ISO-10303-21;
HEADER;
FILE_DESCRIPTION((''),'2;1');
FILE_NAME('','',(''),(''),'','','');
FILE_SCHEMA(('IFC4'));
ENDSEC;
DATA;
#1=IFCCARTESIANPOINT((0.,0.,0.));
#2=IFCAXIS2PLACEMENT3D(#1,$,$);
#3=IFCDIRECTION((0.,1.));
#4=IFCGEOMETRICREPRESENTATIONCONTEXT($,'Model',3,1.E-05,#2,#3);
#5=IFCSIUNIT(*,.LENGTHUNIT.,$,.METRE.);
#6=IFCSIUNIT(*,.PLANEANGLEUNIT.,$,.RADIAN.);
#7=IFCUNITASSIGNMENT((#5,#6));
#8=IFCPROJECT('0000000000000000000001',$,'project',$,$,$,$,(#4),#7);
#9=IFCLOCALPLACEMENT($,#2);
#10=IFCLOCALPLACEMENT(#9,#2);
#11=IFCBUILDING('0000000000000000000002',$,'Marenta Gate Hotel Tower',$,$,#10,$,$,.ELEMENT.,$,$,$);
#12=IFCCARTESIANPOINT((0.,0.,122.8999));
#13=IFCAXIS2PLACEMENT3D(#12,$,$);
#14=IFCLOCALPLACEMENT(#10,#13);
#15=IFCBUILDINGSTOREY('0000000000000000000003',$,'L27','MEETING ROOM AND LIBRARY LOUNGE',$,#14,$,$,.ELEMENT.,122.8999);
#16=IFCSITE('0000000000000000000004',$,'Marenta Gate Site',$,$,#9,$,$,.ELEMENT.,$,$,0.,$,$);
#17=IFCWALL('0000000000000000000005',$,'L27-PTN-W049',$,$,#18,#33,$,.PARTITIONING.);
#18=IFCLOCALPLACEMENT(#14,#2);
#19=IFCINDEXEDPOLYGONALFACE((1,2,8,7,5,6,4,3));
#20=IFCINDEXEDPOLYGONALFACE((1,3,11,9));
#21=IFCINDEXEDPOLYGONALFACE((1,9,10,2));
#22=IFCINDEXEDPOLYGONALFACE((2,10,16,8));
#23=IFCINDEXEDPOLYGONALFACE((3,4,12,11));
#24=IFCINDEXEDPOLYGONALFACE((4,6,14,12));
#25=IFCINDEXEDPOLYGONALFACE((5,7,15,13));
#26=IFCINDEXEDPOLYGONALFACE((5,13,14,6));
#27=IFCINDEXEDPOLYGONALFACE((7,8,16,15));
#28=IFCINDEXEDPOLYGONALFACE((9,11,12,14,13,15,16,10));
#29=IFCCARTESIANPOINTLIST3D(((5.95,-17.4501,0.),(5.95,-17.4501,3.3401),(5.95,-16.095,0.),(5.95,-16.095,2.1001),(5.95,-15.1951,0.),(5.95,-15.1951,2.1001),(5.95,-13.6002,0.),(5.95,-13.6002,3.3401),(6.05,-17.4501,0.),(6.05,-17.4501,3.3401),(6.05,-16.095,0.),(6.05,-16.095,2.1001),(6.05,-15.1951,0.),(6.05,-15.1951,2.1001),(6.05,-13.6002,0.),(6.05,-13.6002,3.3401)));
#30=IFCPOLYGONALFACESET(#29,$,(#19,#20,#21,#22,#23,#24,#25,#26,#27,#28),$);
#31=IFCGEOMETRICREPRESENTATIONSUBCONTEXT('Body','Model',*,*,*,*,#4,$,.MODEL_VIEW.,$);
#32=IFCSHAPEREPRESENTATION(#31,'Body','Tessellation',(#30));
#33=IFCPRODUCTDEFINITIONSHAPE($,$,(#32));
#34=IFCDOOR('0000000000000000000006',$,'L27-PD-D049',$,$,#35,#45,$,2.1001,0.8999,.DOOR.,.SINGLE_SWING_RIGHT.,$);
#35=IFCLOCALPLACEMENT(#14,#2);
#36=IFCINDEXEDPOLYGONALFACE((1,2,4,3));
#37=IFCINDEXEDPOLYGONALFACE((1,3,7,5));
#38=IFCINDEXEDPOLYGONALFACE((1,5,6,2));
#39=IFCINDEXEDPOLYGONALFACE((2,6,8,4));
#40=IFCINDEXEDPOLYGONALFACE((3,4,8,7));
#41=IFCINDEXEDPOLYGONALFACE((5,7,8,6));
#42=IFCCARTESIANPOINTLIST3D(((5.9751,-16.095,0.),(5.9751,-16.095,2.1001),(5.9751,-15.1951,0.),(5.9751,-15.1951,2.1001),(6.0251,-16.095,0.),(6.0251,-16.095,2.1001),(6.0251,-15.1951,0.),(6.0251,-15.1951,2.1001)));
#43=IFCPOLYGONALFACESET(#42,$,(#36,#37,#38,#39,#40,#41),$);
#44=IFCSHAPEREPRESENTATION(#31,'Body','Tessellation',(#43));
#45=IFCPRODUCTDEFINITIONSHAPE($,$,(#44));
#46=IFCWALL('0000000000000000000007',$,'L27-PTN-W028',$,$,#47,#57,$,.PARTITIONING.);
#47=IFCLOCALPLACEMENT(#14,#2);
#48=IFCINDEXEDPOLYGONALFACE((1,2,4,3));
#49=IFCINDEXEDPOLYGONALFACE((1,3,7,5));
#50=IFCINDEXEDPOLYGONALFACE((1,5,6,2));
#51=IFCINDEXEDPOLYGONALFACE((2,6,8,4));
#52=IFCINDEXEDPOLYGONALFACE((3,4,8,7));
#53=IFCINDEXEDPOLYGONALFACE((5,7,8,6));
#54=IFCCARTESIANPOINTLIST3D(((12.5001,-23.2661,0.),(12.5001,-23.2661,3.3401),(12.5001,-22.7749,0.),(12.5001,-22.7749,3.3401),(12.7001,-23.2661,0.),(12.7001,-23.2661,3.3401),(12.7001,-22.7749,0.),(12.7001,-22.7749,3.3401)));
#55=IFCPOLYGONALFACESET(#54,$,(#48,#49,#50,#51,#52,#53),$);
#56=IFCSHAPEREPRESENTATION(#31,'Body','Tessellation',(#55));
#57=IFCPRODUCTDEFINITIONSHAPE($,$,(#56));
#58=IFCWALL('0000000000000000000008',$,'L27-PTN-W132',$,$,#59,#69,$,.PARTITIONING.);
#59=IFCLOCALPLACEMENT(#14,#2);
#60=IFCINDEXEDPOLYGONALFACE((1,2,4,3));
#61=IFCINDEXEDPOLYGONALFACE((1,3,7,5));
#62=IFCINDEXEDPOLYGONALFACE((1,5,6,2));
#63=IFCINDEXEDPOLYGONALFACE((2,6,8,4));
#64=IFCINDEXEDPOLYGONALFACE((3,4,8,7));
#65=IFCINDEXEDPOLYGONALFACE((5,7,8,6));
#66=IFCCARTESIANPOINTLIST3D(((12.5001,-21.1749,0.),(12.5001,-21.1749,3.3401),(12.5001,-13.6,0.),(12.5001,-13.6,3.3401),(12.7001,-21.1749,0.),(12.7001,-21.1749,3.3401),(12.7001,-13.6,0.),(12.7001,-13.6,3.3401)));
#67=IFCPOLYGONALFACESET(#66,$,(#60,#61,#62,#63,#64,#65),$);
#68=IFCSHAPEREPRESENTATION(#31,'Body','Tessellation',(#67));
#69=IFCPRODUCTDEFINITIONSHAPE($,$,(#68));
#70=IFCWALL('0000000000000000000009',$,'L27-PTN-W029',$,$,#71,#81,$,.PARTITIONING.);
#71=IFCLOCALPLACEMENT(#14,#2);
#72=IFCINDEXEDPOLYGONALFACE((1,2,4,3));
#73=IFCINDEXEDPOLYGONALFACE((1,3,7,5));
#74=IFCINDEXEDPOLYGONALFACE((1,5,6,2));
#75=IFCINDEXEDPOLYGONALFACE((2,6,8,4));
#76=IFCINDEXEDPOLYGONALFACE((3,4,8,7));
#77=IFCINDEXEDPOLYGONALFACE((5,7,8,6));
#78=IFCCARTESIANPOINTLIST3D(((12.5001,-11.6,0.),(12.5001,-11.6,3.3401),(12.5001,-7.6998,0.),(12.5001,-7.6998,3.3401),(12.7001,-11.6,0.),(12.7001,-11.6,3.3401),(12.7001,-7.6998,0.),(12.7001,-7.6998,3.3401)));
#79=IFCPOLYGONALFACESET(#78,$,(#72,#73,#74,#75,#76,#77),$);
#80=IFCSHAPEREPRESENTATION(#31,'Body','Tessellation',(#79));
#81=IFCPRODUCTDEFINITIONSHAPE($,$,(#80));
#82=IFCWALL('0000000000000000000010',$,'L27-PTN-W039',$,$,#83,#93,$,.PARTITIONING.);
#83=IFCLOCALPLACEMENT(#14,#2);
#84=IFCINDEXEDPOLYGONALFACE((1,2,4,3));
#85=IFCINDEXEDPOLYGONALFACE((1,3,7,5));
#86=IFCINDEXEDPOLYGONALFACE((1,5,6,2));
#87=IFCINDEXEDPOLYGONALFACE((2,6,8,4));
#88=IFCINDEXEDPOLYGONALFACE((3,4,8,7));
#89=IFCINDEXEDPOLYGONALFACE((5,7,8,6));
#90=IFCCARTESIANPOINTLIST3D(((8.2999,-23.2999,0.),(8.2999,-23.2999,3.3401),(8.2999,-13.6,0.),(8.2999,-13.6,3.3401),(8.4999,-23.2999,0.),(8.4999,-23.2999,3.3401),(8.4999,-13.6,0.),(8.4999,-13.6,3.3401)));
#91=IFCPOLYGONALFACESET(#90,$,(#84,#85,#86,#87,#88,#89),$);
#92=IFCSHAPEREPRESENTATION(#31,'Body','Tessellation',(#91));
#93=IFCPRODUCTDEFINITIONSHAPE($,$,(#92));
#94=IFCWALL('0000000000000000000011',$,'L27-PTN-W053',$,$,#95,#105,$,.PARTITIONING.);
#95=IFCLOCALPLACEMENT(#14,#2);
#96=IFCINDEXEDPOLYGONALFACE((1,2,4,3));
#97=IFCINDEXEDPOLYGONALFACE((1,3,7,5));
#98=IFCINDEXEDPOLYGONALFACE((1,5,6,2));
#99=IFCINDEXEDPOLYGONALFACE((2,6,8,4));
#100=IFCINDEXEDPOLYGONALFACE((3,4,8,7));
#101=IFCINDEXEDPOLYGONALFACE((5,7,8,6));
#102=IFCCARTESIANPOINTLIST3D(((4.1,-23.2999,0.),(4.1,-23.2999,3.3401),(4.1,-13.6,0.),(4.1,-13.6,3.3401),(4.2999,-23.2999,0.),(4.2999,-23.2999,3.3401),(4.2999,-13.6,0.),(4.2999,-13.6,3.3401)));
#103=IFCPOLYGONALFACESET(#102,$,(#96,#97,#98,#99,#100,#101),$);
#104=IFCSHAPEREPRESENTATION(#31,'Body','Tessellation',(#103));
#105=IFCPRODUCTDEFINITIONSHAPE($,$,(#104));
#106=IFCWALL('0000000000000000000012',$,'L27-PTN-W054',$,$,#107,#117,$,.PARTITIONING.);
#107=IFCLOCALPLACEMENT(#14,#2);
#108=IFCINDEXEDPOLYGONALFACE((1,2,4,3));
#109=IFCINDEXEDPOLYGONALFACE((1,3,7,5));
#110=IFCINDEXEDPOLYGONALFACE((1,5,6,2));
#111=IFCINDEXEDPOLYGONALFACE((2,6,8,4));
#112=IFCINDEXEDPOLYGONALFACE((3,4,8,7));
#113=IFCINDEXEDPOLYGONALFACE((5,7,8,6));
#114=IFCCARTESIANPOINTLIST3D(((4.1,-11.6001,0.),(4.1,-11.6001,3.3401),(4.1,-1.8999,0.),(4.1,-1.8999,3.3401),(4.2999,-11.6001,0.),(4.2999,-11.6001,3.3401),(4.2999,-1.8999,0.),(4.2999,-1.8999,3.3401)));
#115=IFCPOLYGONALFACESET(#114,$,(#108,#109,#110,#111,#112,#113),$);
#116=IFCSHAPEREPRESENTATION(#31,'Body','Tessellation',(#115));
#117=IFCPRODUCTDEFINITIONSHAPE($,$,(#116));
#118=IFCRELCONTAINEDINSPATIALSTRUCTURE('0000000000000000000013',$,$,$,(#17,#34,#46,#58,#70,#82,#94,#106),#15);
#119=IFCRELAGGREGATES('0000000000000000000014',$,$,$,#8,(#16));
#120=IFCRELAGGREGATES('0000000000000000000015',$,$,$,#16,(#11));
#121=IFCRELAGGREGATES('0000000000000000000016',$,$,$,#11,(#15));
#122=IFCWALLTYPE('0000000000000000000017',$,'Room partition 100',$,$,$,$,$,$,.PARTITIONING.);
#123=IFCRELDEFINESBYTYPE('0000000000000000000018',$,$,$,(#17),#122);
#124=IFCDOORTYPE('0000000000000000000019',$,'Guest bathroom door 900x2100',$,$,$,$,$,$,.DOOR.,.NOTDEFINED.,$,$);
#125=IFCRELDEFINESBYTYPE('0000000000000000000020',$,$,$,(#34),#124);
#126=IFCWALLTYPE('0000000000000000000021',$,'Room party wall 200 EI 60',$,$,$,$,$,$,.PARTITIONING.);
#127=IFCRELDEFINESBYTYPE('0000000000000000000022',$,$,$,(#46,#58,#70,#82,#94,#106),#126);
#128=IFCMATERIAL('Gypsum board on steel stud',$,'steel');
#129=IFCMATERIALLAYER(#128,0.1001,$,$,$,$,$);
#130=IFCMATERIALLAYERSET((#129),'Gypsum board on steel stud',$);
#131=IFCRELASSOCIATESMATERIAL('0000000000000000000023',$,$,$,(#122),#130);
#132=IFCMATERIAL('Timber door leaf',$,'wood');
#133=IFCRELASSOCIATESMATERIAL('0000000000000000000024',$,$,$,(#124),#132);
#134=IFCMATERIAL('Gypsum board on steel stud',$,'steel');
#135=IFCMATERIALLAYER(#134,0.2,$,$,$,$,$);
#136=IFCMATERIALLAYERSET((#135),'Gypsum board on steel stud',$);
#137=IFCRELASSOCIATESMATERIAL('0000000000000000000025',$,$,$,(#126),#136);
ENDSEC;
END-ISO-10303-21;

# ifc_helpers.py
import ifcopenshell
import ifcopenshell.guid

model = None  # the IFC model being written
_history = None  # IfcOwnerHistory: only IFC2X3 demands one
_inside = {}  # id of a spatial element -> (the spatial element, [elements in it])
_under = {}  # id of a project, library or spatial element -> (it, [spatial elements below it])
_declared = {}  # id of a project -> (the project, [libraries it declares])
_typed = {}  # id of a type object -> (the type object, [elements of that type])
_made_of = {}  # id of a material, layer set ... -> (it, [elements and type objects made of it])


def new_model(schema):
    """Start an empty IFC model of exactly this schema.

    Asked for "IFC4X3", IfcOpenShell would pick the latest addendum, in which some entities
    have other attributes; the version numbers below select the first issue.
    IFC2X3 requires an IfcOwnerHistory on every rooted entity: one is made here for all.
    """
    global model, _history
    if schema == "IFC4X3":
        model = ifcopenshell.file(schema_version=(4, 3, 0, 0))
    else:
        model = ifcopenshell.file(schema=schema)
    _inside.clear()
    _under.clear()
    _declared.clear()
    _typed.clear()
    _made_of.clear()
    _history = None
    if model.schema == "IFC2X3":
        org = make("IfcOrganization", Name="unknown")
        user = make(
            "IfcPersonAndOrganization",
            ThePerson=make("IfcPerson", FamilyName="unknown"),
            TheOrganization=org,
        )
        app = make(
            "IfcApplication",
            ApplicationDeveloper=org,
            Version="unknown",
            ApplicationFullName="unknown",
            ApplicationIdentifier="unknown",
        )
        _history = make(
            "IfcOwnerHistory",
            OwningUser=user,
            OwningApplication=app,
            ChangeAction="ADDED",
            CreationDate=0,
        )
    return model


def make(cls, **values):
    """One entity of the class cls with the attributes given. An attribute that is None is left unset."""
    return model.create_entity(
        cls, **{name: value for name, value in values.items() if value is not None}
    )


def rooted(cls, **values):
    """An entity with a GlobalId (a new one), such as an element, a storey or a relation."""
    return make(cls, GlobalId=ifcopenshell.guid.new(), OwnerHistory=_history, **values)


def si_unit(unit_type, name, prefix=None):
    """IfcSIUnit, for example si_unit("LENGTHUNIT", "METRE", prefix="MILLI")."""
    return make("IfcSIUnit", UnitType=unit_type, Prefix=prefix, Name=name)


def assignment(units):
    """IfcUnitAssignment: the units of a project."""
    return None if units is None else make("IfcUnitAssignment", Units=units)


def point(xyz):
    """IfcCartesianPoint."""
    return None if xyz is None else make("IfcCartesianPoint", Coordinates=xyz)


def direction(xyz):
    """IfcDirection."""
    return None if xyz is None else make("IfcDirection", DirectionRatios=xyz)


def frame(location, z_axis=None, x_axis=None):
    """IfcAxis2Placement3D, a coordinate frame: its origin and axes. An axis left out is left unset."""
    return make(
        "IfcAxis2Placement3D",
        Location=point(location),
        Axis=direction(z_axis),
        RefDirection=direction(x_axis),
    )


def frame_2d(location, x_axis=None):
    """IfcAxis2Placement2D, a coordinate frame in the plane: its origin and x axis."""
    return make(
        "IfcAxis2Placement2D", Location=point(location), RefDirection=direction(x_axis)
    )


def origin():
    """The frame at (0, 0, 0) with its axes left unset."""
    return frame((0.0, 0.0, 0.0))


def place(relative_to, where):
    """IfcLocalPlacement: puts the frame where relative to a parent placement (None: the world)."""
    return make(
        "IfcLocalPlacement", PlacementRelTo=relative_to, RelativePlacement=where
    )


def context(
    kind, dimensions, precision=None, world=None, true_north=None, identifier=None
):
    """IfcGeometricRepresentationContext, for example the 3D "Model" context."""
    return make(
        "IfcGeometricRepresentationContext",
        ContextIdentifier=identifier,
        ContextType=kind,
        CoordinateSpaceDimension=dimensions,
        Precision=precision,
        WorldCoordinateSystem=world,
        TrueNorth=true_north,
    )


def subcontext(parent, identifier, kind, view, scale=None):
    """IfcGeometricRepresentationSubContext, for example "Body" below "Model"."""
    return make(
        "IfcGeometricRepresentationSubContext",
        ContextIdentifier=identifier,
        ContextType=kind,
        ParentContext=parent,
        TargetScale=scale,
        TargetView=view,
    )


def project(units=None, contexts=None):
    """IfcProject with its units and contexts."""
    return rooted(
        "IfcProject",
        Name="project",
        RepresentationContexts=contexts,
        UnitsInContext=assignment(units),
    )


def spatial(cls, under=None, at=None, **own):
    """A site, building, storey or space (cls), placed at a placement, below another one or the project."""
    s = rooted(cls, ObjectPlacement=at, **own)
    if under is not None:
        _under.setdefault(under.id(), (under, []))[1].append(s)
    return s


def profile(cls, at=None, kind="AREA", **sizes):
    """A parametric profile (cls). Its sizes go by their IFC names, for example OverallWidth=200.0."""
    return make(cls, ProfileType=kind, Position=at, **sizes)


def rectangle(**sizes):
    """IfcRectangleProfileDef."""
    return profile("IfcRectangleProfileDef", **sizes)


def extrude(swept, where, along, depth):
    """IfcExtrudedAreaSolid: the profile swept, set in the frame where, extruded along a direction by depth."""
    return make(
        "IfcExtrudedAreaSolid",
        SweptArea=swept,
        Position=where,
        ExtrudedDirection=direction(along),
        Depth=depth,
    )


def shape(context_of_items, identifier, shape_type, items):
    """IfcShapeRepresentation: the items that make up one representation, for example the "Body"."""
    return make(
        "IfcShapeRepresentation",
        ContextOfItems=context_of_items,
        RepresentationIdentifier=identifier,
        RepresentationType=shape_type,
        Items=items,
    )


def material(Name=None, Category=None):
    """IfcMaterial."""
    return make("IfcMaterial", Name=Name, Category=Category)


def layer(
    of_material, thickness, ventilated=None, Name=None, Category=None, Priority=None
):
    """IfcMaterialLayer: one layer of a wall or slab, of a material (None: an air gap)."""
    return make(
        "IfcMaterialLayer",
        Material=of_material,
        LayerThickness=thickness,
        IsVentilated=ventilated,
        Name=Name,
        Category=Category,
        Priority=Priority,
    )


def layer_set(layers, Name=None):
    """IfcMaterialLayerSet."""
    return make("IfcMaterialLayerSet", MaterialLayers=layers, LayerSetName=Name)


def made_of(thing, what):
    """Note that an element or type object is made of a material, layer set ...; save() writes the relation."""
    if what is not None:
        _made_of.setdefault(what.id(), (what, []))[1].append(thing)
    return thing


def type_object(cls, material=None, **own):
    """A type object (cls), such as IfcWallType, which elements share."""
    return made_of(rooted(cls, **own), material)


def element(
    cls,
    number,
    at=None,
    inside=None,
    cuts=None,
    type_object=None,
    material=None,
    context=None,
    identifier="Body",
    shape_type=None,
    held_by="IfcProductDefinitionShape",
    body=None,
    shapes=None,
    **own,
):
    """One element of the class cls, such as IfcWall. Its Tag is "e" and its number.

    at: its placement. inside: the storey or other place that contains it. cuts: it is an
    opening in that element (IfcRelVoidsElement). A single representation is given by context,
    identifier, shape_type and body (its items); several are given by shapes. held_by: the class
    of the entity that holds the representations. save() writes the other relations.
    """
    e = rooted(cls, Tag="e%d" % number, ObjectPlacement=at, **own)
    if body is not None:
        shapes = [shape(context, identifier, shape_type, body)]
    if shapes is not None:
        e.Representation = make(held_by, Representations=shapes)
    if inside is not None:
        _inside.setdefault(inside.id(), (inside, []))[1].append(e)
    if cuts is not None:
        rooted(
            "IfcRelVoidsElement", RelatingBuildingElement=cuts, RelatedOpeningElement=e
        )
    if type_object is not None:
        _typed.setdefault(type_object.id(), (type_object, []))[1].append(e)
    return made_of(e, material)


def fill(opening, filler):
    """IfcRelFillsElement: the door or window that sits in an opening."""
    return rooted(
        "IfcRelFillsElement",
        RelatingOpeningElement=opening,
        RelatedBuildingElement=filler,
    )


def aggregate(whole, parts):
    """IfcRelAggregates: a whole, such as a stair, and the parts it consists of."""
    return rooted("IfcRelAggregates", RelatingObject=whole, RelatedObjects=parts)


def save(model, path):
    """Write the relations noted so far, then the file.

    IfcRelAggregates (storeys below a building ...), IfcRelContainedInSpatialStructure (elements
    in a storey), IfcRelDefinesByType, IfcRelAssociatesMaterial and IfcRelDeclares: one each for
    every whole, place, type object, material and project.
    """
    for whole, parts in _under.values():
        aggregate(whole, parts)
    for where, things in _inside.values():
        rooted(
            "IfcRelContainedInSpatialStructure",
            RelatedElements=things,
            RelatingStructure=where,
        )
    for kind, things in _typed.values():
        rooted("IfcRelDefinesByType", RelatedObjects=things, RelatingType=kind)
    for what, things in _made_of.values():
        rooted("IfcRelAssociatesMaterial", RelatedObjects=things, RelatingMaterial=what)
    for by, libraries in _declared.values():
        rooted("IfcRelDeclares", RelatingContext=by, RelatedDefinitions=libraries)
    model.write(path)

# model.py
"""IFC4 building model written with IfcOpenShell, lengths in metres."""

from ifc_helpers import new_model, si_unit, direction, frame, frame_2d, origin, place, context, subcontext, project, spatial, rectangle, extrude, material, layer, layer_set, type_object, element, fill, save


model = new_model("IFC4")

# Units and contexts
model_context = context("Model", 3, precision=1e-05, world=origin(), true_north=direction((0.0, 1.0)))
body_context = subcontext(model_context, "Body", "Model", "MODEL_VIEW")
ifc_project = project(units=[si_unit("LENGTHUNIT", "METRE"), si_unit("PLANEANGLEUNIT", "RADIAN")], contexts=[model_context])

# Site, building, storey
site_placement = place(None, origin())
site = spatial("IfcSite", under=ifc_project, at=site_placement, Name="Marenta Gate Site", CompositionType="ELEMENT", RefElevation=0.0)
building_placement = place(site_placement, origin())
building = spatial("IfcBuilding", under=site, at=building_placement, Name="Marenta Gate Hotel Tower", CompositionType="ELEMENT")
storey_placement = place(building_placement, frame((0.0, 0.0, 122.8999)))
storey = spatial("IfcBuildingStorey", under=building, at=storey_placement, Name="L27", Description="MEETING ROOM AND LIBRARY LOUNGE", CompositionType="ELEMENT", Elevation=122.8999)

# Shared definitions
ifc_material_1 = material(Name="Gypsum board on steel stud", Category="steel")
ifc_layer_1 = layer(ifc_material_1, 0.1001)
ifc_layer_set_1 = layer_set([ifc_layer_1], Name="Gypsum board on steel stud")
wall_type_1 = type_object("IfcWallType", Name="Room partition 100", PredefinedType="PARTITIONING", material=ifc_layer_set_1)
ifc_material_2 = material(Name="Timber door leaf", Category="wood")
door_type = type_object("IfcDoorType", Name="Guest bathroom door 900x2100", OperationType="NOTDEFINED", PredefinedType="DOOR", material=ifc_material_2)

# Wall, opening, door
wall_1_placement = place(storey_placement, frame((6.0, -17.45, 0.0), z_axis=(0.0, 0.0, 1.0), x_axis=(0.0, 1.0, 0.0)))
wall_1 = element("IfcWall", 1, at=wall_1_placement, inside=storey, type_object=wall_type_1, Name="L27-PTN-W049", PredefinedType="PARTITIONING", context=body_context, shape_type="SweptSolid", body=[
    extrude(rectangle(XDim=3.8499, YDim=0.1001, at=frame_2d((1.9248, 0.0))), origin(), (0.0, 0.0, 1.0), 3.3401),
])
opening_1_placement = place(wall_1_placement, frame((1.355, 0.0, 0.0)))
opening_1 = element("IfcOpeningElement", 2, at=opening_1_placement, cuts=wall_1, PredefinedType="OPENING", context=body_context, shape_type="SweptSolid", body=[
    extrude(rectangle(XDim=0.8999, YDim=2.1001, at=frame_2d((0.45, 1.05))), frame((0.0, 0.05, 0.0), z_axis=(0.0, -1.0, 0.0), x_axis=(1.0, 0.0, 0.0)), (0.0, 0.0, 1.0), 0.1001),
])
door_1_placement = place(opening_1_placement, origin())
door_1 = element("IfcDoor", 3, at=door_1_placement, inside=storey, type_object=door_type, Name="L27-PD-D049", OperationType="SINGLE_SWING_RIGHT", OverallHeight=2.1001, OverallWidth=0.8999, PredefinedType="DOOR", context=body_context, shape_type="SweptSolid", body=[
    extrude(rectangle(XDim=0.8999, YDim=2.1001, at=frame_2d((0.45, 1.05))), frame((0.0, 0.0249, 0.0), z_axis=(0.0, -1.0, 0.0), x_axis=(1.0, 0.0, 0.0)), (0.0, 0.0, 1.0), 0.05),
])
fill(opening_1, door_1)

# Walls
ifc_material_3 = material(Name="Gypsum board on steel stud", Category="steel")
ifc_layer_2 = layer(ifc_material_3, 0.2)
ifc_layer_set_2 = layer_set([ifc_layer_2], Name="Gypsum board on steel stud")
wall_type_2 = type_object("IfcWallType", Name="Room party wall 200 EI 60", PredefinedType="PARTITIONING", material=ifc_layer_set_2)
wall_2_placement = place(storey_placement, frame((12.6001, -23.2661, 0.0), z_axis=(0.0, 0.0, 1.0), x_axis=(0.0, 1.0, 0.0)))
element("IfcWall", 4, at=wall_2_placement, inside=storey, type_object=wall_type_2, Name="L27-PTN-W028", PredefinedType="PARTITIONING", context=body_context, shape_type="SweptSolid", body=[
    extrude(rectangle(XDim=0.4912, YDim=0.2, at=frame_2d((0.2456, 0.0))), origin(), (0.0, 0.0, 1.0), 3.3401),
])
wall_3_placement = place(storey_placement, frame((12.6001, -21.175, 0.0), z_axis=(0.0, 0.0, 1.0), x_axis=(0.0, 1.0, 0.0)))
element("IfcWall", 5, at=wall_3_placement, inside=storey, type_object=wall_type_2, Name="L27-PTN-W132", PredefinedType="PARTITIONING", context=body_context, shape_type="SweptSolid", body=[
    extrude(rectangle(XDim=7.575, YDim=0.2, at=frame_2d((3.7876, 0.0))), origin(), (0.0, 0.0, 1.0), 3.3401),
])
wall_4_placement = place(storey_placement, frame((12.6001, -11.6001, 0.0), z_axis=(0.0, 0.0, 1.0), x_axis=(0.0, 1.0, 0.0)))
element("IfcWall", 6, at=wall_4_placement, inside=storey, type_object=wall_type_2, Name="L27-PTN-W029", PredefinedType="PARTITIONING", context=body_context, shape_type="SweptSolid", body=[
    extrude(rectangle(XDim=3.9001, YDim=0.2, at=frame_2d((1.9502, 0.0))), origin(), (0.0, 0.0, 1.0), 3.3401),
])
for number, where, z_axis, x_axis, name in (
    (7, (8.3999, -23.3, 0.0), (0.0, 0.0, 1.0), (0.0, 1.0, 0.0), "L27-PTN-W039"),
    (8, (4.2, -23.3, 0.0), (0.0, 0.0, 1.0), (0.0, 1.0, 0.0), "L27-PTN-W053"),
):
    element("IfcWall", number, at=place(storey_placement, frame(where, z_axis=z_axis, x_axis=x_axis)), inside=storey, type_object=wall_type_2, Name=name, PredefinedType="PARTITIONING", context=body_context, shape_type="SweptSolid", body=[
        extrude(rectangle(XDim=9.7, YDim=0.2, at=frame_2d((4.8501, 0.0))), origin(), (0.0, 0.0, 1.0), 3.3401),
    ])
wall_5_placement = place(storey_placement, frame((4.2, -11.6001, 0.0), z_axis=(0.0, 0.0, 1.0), x_axis=(0.0, 1.0, 0.0)))
element("IfcWall", 9, at=wall_5_placement, inside=storey, type_object=wall_type_2, Name="L27-PTN-W054", PredefinedType="PARTITIONING", context=body_context, shape_type="SweptSolid", body=[
    extrude(rectangle(XDim=9.7002, YDim=0.2, at=frame_2d((4.8501, 0.0))), origin(), (0.0, 0.0, 1.0), 3.3401),
])

save(model, "model.ifc")
